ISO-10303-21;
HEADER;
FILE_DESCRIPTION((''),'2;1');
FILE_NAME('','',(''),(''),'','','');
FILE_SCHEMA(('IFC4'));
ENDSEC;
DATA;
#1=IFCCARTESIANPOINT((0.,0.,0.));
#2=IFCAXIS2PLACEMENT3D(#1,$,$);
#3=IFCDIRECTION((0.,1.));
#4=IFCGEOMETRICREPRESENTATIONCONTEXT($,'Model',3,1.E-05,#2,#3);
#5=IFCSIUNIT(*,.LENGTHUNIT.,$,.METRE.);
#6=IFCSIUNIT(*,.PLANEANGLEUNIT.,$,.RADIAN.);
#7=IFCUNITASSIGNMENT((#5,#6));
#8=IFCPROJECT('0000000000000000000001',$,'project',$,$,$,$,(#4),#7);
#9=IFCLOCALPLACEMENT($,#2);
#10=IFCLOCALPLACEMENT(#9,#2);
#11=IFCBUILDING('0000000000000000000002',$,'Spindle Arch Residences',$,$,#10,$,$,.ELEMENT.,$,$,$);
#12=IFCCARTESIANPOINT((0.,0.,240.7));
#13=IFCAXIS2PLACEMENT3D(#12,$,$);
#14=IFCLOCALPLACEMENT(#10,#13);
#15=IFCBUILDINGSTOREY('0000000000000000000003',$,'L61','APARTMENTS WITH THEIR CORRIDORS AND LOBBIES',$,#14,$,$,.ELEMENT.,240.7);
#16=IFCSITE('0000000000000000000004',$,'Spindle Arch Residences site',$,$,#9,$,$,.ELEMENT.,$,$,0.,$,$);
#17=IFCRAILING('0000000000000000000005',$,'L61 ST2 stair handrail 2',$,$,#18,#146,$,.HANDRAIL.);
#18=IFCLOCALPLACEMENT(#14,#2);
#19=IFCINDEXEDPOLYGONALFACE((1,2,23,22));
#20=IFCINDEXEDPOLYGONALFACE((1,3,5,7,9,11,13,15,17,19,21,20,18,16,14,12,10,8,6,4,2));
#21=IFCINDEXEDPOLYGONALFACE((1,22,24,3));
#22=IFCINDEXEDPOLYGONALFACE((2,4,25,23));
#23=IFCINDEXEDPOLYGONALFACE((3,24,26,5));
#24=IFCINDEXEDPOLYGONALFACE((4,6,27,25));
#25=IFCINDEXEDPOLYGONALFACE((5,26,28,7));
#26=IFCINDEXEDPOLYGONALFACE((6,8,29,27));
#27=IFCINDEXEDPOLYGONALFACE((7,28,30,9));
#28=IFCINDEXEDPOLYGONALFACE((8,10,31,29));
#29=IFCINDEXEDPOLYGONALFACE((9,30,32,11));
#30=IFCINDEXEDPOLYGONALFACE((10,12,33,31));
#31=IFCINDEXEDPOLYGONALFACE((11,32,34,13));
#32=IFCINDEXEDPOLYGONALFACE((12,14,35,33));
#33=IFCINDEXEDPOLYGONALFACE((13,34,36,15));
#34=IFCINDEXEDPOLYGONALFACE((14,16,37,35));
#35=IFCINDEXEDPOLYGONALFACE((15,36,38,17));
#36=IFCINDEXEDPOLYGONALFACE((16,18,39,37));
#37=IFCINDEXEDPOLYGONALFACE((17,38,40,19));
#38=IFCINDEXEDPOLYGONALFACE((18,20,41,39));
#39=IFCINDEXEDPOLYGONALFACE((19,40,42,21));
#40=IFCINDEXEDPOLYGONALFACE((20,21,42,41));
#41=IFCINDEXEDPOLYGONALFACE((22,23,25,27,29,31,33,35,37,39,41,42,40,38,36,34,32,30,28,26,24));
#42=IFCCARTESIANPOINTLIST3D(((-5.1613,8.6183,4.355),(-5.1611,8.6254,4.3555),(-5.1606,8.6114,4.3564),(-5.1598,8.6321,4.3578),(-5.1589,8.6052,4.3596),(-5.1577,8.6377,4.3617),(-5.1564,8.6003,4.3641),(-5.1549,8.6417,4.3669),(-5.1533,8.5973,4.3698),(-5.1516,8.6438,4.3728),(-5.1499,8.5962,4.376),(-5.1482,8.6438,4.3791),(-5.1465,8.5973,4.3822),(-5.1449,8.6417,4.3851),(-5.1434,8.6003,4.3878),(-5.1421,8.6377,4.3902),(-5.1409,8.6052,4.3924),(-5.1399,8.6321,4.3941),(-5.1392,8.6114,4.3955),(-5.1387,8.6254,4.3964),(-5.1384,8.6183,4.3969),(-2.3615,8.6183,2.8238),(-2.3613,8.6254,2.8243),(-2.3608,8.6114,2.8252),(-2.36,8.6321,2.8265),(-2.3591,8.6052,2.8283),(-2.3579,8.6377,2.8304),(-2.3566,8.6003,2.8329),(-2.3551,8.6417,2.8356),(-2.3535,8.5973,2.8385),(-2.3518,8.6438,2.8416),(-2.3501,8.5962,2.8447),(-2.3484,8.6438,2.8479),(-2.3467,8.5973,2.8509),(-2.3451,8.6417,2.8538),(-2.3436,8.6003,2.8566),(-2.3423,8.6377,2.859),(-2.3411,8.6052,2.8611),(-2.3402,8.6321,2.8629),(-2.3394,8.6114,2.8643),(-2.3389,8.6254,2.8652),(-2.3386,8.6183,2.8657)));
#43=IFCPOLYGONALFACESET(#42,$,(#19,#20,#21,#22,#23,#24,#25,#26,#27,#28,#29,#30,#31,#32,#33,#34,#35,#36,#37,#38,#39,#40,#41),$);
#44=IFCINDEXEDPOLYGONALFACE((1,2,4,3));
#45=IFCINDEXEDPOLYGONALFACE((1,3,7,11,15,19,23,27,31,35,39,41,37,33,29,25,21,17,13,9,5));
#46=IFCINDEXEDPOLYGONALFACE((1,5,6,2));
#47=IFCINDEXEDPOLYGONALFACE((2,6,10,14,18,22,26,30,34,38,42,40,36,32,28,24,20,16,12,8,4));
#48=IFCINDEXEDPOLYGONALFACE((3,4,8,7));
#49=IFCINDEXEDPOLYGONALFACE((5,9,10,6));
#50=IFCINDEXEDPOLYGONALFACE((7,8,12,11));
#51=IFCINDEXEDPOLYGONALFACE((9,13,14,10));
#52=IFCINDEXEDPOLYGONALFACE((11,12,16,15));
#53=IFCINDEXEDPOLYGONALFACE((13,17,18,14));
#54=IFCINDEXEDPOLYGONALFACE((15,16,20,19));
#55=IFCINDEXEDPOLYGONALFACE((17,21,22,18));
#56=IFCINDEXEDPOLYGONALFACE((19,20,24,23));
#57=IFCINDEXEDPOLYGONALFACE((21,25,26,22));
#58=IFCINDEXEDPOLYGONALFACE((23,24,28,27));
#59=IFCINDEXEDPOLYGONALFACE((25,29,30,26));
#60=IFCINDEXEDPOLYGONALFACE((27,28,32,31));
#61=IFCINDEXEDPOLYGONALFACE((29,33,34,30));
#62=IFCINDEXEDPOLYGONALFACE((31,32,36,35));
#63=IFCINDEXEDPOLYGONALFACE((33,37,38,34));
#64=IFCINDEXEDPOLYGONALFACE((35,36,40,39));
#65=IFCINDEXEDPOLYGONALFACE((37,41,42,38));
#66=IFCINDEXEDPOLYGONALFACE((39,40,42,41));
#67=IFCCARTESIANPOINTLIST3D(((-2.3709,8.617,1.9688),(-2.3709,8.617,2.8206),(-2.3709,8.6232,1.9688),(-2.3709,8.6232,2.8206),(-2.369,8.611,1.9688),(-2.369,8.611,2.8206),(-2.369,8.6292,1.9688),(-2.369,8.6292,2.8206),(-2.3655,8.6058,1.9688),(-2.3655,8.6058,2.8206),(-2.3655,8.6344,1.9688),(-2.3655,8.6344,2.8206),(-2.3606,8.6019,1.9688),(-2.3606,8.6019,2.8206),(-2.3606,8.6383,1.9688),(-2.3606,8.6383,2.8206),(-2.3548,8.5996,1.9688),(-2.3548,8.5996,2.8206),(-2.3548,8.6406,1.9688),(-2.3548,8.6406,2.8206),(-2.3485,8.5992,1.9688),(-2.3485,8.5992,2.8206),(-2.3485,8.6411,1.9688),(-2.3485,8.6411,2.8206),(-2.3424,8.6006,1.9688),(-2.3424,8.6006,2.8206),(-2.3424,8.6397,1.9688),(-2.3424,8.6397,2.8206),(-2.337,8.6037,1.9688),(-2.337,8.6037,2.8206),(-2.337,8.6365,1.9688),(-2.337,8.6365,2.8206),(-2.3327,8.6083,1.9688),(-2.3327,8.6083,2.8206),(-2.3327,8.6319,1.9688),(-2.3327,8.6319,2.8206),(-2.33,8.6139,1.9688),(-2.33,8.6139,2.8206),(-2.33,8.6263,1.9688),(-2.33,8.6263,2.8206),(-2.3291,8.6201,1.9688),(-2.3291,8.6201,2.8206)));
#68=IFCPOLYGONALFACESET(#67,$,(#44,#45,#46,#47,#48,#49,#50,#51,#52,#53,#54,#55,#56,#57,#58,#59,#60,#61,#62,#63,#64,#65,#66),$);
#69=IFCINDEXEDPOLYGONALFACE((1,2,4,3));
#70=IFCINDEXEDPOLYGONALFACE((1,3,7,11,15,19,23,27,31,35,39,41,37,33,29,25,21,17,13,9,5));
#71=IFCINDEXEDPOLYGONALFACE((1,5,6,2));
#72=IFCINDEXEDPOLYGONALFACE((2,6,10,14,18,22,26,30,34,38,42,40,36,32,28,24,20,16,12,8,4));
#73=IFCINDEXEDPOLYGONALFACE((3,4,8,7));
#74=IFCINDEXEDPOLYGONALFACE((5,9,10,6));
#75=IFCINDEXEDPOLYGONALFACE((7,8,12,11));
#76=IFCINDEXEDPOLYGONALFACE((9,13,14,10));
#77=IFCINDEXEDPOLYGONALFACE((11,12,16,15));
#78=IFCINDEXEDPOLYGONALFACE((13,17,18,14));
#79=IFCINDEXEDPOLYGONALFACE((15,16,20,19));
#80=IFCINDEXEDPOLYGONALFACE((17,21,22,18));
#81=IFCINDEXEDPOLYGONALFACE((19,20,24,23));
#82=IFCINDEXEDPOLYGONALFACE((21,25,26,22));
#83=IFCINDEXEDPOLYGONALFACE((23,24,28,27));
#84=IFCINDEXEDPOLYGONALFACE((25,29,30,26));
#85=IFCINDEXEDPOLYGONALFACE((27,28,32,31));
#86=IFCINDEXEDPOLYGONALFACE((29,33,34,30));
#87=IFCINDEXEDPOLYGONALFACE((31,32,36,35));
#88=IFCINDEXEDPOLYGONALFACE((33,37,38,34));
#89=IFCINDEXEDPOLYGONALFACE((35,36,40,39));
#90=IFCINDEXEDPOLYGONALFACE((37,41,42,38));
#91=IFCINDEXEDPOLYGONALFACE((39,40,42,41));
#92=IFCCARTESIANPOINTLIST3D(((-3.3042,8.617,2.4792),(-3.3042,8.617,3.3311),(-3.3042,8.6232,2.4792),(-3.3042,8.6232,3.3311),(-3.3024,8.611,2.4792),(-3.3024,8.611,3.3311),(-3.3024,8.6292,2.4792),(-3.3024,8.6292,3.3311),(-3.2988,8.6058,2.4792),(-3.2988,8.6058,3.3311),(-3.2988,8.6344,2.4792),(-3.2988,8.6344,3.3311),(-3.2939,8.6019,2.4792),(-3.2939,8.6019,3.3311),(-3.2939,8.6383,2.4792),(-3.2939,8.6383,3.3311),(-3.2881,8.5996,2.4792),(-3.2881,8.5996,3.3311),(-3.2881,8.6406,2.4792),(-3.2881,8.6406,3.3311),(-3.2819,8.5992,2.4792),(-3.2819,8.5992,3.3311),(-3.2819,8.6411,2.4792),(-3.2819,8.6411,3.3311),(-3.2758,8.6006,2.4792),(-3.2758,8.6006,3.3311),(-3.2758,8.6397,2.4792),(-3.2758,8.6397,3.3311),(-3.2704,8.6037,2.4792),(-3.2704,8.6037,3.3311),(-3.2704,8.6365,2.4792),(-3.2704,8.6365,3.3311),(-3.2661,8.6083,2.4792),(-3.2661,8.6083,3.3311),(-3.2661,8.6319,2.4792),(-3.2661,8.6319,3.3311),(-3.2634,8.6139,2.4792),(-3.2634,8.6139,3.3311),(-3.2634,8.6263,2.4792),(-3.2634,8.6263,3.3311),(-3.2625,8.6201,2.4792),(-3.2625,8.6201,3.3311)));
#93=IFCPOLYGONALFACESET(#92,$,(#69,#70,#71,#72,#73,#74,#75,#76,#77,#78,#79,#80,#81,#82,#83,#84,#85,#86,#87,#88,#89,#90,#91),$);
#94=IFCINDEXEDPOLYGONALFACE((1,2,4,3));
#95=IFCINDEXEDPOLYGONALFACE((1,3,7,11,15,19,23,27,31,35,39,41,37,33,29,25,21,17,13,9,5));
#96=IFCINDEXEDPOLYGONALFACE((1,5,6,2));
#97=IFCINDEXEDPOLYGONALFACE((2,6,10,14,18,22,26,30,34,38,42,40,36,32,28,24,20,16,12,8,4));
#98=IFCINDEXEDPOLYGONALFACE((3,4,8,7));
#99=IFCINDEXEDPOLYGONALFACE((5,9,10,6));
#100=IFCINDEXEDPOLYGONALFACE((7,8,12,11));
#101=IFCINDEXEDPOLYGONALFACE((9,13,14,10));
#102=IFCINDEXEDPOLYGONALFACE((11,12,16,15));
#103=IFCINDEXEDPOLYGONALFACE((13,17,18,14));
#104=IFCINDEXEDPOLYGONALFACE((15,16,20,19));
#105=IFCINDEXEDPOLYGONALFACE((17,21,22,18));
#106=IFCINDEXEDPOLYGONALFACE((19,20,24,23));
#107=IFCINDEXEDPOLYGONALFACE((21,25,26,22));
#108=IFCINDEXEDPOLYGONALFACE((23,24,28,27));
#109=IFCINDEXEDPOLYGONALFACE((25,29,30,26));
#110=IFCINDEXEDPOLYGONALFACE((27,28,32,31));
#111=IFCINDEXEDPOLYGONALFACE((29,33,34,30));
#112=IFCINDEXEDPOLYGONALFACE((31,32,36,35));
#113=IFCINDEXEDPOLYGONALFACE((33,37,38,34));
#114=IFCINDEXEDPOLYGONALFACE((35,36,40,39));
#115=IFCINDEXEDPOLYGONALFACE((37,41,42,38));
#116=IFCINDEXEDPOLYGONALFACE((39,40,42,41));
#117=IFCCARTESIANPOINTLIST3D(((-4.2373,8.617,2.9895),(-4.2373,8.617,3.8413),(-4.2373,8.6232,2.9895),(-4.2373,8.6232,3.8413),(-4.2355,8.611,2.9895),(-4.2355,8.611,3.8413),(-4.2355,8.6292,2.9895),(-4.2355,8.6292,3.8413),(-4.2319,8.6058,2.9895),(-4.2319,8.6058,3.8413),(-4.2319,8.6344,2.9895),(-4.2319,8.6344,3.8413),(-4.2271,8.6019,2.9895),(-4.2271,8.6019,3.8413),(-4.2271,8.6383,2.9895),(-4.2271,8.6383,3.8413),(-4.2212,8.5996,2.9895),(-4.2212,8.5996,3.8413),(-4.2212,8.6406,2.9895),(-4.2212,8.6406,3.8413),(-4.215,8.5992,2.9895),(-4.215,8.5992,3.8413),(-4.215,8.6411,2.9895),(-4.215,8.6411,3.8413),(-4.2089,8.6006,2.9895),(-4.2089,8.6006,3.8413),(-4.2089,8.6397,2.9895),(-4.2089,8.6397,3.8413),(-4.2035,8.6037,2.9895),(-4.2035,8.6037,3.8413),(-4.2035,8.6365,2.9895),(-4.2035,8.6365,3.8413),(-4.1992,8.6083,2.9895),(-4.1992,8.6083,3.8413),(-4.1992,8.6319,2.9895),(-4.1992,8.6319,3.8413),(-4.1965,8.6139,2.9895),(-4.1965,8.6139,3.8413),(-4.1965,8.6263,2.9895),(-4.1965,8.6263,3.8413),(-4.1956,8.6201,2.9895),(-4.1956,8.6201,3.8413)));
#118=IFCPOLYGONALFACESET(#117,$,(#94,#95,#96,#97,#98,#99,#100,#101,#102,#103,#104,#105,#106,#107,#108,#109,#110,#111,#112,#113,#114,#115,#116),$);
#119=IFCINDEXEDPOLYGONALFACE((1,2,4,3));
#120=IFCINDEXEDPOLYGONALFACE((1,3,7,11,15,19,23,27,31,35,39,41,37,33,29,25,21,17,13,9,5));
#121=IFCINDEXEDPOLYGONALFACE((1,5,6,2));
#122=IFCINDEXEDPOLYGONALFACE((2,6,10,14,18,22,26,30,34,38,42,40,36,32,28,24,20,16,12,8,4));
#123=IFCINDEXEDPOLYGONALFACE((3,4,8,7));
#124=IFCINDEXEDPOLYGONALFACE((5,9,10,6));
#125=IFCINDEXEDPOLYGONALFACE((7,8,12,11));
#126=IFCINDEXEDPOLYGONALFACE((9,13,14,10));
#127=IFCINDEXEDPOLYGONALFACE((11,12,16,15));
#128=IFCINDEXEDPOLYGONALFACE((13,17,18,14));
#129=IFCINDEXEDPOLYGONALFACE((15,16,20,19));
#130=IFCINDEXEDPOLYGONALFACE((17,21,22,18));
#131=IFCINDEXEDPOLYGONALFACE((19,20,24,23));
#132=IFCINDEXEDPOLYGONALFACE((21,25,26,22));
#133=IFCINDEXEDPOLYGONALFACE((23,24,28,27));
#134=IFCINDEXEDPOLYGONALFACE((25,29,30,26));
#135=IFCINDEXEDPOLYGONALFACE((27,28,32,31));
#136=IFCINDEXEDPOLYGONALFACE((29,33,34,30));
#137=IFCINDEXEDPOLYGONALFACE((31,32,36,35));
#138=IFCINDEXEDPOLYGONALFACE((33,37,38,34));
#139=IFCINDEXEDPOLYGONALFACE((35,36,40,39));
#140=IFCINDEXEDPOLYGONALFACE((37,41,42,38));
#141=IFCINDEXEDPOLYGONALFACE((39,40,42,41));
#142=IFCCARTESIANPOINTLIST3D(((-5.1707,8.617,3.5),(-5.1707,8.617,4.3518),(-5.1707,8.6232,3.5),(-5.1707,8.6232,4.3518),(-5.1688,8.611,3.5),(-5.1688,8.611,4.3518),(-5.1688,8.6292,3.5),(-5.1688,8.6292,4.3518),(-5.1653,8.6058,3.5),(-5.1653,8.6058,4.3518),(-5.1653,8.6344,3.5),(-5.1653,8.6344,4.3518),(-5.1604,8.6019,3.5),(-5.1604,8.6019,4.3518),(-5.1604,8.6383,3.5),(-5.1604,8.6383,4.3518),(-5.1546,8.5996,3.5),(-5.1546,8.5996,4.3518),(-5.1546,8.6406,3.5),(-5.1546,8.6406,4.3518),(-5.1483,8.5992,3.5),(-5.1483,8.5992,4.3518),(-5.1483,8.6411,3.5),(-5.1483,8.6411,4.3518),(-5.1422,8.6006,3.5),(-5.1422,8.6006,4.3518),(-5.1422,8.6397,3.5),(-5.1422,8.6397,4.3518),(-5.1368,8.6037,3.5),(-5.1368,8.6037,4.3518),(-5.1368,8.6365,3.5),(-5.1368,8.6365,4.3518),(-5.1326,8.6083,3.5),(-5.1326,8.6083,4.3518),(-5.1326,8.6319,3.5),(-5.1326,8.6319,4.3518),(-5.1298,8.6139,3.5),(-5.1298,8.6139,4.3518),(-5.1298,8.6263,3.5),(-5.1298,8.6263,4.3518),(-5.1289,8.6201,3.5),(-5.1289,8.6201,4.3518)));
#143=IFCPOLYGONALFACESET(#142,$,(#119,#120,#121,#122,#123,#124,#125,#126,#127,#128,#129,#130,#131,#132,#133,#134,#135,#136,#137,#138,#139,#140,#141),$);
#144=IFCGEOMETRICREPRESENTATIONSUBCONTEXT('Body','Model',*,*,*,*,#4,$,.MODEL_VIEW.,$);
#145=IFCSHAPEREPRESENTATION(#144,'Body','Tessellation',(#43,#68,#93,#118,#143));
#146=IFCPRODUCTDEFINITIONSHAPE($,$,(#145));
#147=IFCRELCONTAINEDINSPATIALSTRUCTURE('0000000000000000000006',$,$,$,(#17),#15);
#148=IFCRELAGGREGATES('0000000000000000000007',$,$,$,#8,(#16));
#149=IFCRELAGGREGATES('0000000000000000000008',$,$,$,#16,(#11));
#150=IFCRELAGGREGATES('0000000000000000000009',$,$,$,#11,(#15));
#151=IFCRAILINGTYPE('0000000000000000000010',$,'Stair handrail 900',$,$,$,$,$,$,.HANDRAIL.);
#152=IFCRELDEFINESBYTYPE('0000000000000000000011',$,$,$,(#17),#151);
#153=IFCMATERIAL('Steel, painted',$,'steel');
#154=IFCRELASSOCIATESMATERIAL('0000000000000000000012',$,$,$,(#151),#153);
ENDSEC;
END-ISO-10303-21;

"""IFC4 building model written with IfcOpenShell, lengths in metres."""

from ifc_helpers import new_model, si_unit, direction, frame, origin, origin_2d, place, context, subcontext, project, spatial, circle, extrude, material, type_object, element, save


model = new_model("IFC4")

# Units and contexts
model_context = context("Model", 3, precision=1e-05, world=origin(), true_north=direction((0.0, 1.0)))
body_context = subcontext(model_context, "Body", "Model", "MODEL_VIEW")
ifc_project = project(units=[si_unit("LENGTHUNIT", "METRE"), si_unit("PLANEANGLEUNIT", "RADIAN")], contexts=[model_context])

# Site, building, storey
site_placement = place(None, origin())
site = spatial("IfcSite", under=ifc_project, at=site_placement, Name="Spindle Arch Residences site", CompositionType="ELEMENT", RefElevation=0.0)
building_placement = place(site_placement, origin())
building = spatial("IfcBuilding", under=site, at=building_placement, Name="Spindle Arch Residences", CompositionType="ELEMENT")
storey_placement = place(building_placement, frame((0.0, 0.0, 240.7)))
storey = spatial("IfcBuildingStorey", under=building, at=storey_placement, Name="L61", Description="APARTMENTS WITH THEIR CORRIDORS AND LOBBIES", CompositionType="ELEMENT", Elevation=240.7)

# Railing
ifc_material_1 = material(Name="Steel, painted", Category="steel")
railing_type_1 = type_object("IfcRailingType", Name="Stair handrail 900", PredefinedType="HANDRAIL", material=ifc_material_1)
railing_1_placement = place(storey_placement, frame((-2.3501, 8.6201, 1.9688)))
element("IfcRailing", 1, at=railing_1_placement, inside=storey, type_object=railing_type_1, Name="L61 ST2 stair handrail 2", PredefinedType="HANDRAIL", context=body_context, shape_type="SweptSolid", body=[
    extrude(circle(Radius=0.0239, at=origin_2d()), frame((0.0, 0.0, 0.876), z_axis=(-0.877357, 0.0, 0.479838), x_axis=(0.0, -1.0, 0.0)), (0.0, 0.0, 1.0), 3.1912),
    extrude(circle(Radius=0.021, at=origin_2d()), origin(), (0.0, 0.0, 1.0), 0.8518),
    extrude(circle(Radius=0.021, at=origin_2d()), frame((-0.9333, 0.0, 0.5105)), (0.0, 0.0, 1.0), 0.8518),
    extrude(circle(Radius=0.021, at=origin_2d()), frame((-1.8665, 0.0, 1.0208)), (0.0, 0.0, 1.0), 0.8518),
    extrude(circle(Radius=0.021, at=origin_2d()), frame((-2.7998, 0.0, 1.5312)), (0.0, 0.0, 1.0), 0.8518),
])

save(model, "model.ifc")
